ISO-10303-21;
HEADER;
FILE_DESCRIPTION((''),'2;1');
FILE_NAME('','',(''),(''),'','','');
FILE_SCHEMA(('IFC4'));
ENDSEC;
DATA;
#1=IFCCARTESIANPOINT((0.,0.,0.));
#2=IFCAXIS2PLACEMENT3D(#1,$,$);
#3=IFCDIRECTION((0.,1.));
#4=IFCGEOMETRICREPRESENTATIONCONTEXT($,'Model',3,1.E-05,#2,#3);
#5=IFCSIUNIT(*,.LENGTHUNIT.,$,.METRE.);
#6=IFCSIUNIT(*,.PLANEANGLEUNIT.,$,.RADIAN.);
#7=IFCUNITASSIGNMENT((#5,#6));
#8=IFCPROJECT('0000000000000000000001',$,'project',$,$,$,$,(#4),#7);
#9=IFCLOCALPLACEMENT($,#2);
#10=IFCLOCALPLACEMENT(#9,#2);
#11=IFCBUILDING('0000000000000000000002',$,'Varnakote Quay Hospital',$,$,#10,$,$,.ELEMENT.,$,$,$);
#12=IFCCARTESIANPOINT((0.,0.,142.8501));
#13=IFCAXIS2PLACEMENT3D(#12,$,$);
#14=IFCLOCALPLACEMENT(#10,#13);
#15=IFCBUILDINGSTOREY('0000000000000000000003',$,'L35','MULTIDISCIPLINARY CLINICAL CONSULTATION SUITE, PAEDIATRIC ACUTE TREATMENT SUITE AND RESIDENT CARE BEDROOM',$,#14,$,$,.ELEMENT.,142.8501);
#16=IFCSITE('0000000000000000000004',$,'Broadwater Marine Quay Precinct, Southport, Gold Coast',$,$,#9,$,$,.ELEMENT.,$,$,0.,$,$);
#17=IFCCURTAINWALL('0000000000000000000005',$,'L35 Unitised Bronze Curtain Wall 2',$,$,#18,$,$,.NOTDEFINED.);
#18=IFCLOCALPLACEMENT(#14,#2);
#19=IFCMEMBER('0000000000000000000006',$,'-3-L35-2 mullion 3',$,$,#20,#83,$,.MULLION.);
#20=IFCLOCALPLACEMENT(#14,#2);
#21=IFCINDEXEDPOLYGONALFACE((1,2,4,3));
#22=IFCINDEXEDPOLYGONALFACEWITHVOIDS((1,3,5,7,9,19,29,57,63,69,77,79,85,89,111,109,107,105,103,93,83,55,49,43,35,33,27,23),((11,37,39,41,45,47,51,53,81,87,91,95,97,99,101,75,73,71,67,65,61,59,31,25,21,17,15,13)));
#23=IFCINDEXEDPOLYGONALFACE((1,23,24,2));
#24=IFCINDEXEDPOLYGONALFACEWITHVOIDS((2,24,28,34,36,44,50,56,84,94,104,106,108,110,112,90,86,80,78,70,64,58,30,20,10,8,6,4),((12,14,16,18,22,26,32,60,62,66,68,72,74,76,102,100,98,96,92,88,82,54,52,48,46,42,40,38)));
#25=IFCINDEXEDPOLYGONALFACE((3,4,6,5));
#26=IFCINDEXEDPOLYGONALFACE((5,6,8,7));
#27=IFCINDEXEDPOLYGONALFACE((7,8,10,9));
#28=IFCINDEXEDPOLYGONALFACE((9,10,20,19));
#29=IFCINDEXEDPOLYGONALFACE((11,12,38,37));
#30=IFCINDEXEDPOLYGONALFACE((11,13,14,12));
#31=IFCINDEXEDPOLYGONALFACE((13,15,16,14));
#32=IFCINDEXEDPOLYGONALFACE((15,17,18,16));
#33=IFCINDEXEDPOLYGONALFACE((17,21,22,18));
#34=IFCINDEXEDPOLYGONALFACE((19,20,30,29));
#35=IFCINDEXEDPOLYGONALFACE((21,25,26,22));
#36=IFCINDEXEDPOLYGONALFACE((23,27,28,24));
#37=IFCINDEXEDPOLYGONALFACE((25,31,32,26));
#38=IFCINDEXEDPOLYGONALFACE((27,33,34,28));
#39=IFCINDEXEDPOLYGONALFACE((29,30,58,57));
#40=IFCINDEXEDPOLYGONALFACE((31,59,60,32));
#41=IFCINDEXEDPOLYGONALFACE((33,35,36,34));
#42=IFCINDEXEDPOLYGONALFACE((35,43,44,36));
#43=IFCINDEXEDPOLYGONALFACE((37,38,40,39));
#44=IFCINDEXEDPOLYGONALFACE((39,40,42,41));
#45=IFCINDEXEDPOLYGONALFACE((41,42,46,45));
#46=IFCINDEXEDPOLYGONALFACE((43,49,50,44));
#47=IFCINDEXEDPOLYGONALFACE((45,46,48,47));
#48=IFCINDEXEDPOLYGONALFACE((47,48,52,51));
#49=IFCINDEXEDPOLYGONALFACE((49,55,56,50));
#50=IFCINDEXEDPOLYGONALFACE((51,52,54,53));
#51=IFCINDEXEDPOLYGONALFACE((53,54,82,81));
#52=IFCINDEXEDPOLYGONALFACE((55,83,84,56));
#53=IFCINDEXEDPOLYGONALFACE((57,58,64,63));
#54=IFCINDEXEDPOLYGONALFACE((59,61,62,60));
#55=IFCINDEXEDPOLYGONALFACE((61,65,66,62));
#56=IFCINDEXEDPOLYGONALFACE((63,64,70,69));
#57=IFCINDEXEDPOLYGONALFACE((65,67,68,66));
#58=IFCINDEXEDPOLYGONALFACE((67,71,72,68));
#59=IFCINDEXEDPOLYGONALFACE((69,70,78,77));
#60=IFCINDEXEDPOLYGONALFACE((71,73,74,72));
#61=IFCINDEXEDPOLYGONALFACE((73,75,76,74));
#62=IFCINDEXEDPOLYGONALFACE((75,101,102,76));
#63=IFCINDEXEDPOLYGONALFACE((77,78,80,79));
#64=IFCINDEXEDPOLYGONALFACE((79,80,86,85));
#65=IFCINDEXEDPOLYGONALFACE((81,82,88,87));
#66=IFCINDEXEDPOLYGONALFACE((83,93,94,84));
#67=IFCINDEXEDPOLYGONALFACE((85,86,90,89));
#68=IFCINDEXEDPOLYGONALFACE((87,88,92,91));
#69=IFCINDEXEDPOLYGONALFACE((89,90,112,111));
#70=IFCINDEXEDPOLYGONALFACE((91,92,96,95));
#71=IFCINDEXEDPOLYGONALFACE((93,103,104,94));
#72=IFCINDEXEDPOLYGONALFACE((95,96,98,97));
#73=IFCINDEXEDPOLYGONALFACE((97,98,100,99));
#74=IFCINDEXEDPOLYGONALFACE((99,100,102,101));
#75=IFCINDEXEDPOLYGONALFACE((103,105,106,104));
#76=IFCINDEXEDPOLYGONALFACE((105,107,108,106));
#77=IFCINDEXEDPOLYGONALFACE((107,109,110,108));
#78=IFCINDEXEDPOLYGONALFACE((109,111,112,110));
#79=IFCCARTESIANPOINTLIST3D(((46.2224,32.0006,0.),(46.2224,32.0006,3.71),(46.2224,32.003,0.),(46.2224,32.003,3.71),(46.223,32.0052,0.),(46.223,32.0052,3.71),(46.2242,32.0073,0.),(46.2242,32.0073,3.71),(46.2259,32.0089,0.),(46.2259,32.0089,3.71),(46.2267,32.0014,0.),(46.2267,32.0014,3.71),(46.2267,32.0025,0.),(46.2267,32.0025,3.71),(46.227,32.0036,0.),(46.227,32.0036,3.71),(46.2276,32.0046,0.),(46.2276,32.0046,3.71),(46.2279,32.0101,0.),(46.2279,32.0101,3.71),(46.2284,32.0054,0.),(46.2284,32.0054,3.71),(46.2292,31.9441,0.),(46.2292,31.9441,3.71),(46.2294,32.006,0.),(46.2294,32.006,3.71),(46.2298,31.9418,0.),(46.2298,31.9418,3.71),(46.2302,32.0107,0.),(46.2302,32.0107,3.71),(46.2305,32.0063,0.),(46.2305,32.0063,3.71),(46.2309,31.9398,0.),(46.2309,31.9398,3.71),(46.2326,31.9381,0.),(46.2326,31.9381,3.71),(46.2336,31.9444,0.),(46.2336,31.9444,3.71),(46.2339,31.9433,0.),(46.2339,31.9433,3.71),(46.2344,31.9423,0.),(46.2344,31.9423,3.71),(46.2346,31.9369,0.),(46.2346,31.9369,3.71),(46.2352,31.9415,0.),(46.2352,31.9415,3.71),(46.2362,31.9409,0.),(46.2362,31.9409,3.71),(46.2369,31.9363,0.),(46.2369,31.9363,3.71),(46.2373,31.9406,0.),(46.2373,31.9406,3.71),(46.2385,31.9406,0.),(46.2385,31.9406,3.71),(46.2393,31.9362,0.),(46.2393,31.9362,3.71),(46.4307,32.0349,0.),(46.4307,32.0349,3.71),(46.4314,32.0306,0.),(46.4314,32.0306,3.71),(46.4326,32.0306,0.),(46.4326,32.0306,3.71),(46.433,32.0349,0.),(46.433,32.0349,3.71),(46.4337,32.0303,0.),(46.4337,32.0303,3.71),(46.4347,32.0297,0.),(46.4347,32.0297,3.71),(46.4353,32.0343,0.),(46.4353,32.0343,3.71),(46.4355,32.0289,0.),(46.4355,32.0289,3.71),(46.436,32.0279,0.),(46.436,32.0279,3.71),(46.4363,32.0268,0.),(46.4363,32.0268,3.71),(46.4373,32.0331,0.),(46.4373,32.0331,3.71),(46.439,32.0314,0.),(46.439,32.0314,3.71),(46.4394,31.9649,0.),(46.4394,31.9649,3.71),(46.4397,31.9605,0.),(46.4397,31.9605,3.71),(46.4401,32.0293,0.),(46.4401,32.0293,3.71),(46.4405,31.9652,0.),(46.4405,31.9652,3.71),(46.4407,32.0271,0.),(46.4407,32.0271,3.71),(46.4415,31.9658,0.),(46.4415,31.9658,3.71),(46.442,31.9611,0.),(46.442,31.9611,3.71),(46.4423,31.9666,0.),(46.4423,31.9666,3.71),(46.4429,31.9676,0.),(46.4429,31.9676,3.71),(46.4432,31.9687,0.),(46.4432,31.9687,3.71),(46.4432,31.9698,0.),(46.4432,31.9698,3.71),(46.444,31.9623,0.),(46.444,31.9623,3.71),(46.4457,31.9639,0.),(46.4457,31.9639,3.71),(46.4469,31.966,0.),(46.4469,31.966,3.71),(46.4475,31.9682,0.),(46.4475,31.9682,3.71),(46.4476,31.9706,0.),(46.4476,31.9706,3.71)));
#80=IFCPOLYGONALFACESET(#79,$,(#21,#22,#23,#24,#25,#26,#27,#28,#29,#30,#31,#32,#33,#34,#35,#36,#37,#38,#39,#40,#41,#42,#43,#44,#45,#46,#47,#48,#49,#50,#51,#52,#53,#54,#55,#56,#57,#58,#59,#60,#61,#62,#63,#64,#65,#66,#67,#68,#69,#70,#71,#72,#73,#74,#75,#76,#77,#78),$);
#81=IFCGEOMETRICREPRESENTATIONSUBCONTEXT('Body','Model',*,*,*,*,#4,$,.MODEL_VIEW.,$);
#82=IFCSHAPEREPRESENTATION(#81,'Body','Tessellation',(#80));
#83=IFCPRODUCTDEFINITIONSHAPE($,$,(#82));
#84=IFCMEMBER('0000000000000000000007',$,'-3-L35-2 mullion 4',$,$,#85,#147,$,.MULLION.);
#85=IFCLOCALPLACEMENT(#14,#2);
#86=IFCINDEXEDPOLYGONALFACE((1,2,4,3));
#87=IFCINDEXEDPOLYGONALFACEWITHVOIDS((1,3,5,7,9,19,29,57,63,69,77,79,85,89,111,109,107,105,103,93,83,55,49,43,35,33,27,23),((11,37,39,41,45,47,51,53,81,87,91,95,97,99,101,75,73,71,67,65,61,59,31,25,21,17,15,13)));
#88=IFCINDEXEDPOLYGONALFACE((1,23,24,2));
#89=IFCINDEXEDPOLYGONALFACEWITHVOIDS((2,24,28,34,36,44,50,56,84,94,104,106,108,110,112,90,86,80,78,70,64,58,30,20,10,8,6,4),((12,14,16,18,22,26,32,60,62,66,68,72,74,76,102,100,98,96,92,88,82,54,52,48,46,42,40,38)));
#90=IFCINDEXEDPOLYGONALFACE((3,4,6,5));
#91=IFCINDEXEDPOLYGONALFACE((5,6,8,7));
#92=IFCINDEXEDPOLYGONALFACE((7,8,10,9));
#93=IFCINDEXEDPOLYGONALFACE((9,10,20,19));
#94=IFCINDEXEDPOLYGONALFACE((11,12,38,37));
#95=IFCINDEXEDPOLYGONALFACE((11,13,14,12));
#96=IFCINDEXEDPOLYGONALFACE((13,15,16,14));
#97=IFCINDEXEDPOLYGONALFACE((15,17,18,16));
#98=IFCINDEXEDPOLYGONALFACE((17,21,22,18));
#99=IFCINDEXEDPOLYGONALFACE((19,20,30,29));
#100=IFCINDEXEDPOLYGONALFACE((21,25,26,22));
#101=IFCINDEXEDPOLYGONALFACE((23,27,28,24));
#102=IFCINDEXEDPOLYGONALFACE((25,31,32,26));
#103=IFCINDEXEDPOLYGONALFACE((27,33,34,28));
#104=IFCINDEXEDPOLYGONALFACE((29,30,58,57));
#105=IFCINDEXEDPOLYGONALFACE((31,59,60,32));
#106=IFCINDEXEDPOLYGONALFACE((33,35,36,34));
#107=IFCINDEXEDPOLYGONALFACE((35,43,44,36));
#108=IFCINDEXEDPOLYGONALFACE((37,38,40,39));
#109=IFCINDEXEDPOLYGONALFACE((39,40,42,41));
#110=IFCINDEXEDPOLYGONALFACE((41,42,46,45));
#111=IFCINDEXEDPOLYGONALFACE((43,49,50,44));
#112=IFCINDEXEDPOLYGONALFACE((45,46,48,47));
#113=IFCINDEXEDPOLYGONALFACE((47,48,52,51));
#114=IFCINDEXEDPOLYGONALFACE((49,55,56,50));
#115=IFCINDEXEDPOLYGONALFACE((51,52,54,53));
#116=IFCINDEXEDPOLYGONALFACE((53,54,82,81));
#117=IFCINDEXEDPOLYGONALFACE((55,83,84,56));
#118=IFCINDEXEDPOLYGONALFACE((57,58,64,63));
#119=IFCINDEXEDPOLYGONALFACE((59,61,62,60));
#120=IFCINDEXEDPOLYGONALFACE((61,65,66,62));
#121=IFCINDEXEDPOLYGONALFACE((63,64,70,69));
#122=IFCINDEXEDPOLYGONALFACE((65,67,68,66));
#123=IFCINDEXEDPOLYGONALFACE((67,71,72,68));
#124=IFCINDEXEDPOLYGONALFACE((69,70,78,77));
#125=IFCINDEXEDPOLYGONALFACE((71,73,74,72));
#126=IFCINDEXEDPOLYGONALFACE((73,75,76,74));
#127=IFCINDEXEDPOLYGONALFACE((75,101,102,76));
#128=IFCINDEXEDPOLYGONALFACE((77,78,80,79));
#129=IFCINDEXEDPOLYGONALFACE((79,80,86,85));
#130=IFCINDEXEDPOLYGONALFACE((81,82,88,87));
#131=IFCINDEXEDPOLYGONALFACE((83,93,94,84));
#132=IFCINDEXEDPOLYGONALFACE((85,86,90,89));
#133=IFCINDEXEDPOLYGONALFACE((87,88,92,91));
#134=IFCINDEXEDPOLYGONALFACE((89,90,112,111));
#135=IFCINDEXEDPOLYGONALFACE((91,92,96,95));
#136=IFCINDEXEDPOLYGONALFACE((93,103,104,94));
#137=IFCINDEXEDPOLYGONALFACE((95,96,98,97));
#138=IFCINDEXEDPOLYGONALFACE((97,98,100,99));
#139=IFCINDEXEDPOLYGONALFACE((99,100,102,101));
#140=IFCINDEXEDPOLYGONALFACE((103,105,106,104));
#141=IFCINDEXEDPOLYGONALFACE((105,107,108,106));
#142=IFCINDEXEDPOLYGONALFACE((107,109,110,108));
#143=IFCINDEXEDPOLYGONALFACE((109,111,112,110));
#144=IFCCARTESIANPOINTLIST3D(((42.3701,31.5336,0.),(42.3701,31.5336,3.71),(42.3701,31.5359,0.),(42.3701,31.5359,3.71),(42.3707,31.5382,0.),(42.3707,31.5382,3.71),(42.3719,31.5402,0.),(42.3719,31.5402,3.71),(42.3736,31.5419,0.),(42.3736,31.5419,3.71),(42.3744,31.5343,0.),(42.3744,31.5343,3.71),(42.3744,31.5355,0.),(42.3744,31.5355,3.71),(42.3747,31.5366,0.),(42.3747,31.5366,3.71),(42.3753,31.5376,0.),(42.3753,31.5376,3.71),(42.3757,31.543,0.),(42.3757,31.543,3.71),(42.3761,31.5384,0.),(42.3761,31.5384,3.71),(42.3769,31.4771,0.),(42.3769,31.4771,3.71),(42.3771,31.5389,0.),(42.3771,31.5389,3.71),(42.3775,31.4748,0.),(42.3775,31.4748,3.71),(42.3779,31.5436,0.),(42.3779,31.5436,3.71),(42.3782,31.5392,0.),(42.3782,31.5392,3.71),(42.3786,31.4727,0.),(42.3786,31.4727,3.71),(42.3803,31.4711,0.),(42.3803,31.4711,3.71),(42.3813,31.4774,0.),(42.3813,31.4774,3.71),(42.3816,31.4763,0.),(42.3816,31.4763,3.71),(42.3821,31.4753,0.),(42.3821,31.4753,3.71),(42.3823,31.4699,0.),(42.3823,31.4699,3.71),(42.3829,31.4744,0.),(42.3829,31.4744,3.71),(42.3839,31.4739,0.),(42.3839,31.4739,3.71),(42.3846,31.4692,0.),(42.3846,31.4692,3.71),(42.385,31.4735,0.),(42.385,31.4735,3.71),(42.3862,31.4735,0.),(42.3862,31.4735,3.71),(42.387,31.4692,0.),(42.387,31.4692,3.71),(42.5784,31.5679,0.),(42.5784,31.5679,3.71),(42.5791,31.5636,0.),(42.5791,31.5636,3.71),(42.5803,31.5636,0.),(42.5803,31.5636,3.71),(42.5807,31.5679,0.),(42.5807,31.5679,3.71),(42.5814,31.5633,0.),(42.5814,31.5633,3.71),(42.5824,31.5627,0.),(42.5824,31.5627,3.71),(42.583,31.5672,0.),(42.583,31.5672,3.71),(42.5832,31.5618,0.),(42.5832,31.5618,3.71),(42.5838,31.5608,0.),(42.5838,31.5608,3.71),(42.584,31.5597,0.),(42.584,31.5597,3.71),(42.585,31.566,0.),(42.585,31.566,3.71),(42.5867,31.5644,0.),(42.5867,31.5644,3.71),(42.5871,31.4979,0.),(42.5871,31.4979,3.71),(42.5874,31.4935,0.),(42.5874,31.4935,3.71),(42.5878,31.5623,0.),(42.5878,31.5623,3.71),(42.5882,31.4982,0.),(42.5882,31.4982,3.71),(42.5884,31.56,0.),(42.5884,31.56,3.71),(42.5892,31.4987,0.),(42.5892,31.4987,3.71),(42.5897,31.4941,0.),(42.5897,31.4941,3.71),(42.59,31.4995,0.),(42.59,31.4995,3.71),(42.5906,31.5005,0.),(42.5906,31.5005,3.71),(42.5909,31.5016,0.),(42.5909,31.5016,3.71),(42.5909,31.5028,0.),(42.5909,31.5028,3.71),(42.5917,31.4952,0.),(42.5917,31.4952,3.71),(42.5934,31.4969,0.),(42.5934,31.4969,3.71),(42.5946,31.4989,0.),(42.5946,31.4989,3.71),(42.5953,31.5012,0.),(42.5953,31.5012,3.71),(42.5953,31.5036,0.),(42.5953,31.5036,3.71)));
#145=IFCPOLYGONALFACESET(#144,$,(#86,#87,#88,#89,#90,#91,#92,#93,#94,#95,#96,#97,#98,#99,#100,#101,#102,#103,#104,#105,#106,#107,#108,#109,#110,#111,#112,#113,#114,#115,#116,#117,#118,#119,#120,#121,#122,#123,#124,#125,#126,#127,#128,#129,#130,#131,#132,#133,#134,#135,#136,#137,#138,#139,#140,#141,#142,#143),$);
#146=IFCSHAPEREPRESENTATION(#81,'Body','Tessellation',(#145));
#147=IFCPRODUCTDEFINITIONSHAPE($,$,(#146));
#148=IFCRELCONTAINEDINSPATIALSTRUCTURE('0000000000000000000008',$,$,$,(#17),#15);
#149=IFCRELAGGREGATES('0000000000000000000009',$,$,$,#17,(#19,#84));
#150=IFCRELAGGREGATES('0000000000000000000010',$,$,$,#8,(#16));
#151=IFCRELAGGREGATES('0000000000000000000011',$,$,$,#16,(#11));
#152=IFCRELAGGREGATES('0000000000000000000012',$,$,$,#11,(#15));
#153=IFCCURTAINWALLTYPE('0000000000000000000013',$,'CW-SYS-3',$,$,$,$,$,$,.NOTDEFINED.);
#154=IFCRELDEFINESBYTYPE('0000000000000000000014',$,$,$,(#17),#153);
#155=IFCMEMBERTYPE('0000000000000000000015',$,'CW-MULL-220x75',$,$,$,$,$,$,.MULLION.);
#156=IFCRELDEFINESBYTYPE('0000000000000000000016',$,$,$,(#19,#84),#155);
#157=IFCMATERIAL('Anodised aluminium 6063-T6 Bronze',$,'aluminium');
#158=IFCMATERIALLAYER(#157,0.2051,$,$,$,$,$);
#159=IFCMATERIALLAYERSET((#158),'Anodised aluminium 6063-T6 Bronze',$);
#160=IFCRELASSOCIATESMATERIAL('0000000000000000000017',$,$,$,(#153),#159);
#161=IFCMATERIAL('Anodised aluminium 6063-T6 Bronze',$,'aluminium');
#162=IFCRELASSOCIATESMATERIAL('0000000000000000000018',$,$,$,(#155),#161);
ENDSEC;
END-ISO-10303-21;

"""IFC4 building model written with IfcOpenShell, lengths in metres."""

from ifc_helpers import new_model, si_unit, direction, frame, origin, origin_2d, place, context, subcontext, project, spatial, hollow_rectangle, extrude, material, layer, layer_set, material_profile, profile_set, type_object, element, aggregate, save


model = new_model("IFC4")

# Units and contexts
model_context = context("Model", 3, precision=1e-05, world=origin(), true_north=direction((0.0, 1.0)))
body_context = subcontext(model_context, "Body", "Model", "MODEL_VIEW")
ifc_project = project(units=[si_unit("LENGTHUNIT", "METRE"), si_unit("PLANEANGLEUNIT", "RADIAN")], contexts=[model_context])

# Site, building, storey
site_placement = place(None, origin())
site = spatial("IfcSite", under=ifc_project, at=site_placement, Name="Broadwater Marine Quay Precinct, Southport, Gold Coast", CompositionType="ELEMENT", RefElevation=0.0)
building_placement = place(site_placement, origin())
building = spatial("IfcBuilding", under=site, at=building_placement, Name="Varnakote Quay Hospital", CompositionType="ELEMENT")
storey_placement = place(building_placement, frame((0.0, 0.0, 142.8501)))
storey = spatial("IfcBuildingStorey", under=building, at=storey_placement, Name="L35", Description="MULTIDISCIPLINARY CLINICAL CONSULTATION SUITE, PAEDIATRIC ACUTE TREATMENT SUITE AND RESIDENT CARE BEDROOM", CompositionType="ELEMENT", Elevation=142.8501)

# Curtain wall, members
ifc_material_1 = material(Name="Anodised aluminium 6063-T6 Bronze", Category="aluminium")
ifc_layer_1 = layer(ifc_material_1, 0.2051)
ifc_layer_set_1 = layer_set([ifc_layer_1], Name="Anodised aluminium 6063-T6 Bronze")
curtain_wall_type = type_object("IfcCurtainWallType", Name="CW-SYS-3", PredefinedType="NOTDEFINED", material=ifc_layer_set_1)
curtain_wall_placement = place(storey_placement, origin())
curtain_wall = element("IfcCurtainWall", 1, at=curtain_wall_placement, inside=storey, type_object=curtain_wall_type, Name="L35 Unitised Bronze Curtain Wall 2", PredefinedType="NOTDEFINED")
ifc_material_2 = material(Name="Anodised aluminium 6063-T6 Bronze", Category="aluminium")
ifc_material_profile_1 = material_profile(ifc_material_2, hollow_rectangle(XDim=0.075, YDim=0.22, WallThickness=0.0044, InnerFilletRadius=0.0044, OuterFilletRadius=0.009, at=origin_2d()), Name="CW-MULL-220x75")
ifc_profile_set_1 = profile_set([ifc_material_profile_1], Name="Anodised aluminium 6063-T6 Bronze")
member_type_1 = type_object("IfcMemberType", Name="CW-MULL-220x75", PredefinedType="MULLION", material=ifc_profile_set_1)
member_1_placement = place(storey_placement, frame((46.335, 31.9856, 0.0), z_axis=(0.0, 0.0, 1.0), x_axis=(0.120327, -0.992734, 0.0)))
member_1 = element("IfcMember", 2, at=member_1_placement, type_object=member_type_1, Name="-3-L35-2 mullion 3", PredefinedType="MULLION", context=body_context, shape_type="SweptSolid", body=[
    extrude(hollow_rectangle(XDim=0.075, YDim=0.22, WallThickness=0.0044, InnerFilletRadius=0.0044, OuterFilletRadius=0.009, at=origin_2d()), origin(), (0.0, 0.0, 1.0), 3.71),
])
member_2_placement = place(storey_placement, frame((42.4827, 31.5186, 0.0), z_axis=(0.0, 0.0, 1.0), x_axis=(0.120327, -0.992734, 0.0)))
member_2 = element("IfcMember", 3, at=member_2_placement, type_object=member_type_1, Name="-3-L35-2 mullion 4", PredefinedType="MULLION", context=body_context, shape_type="SweptSolid", body=[
    extrude(hollow_rectangle(XDim=0.075, YDim=0.22, WallThickness=0.0044, InnerFilletRadius=0.0044, OuterFilletRadius=0.009, at=origin_2d()), origin(), (0.0, 0.0, 1.0), 3.71),
])
aggregate(curtain_wall, [member_1, member_2])

save(model, "model.ifc")
